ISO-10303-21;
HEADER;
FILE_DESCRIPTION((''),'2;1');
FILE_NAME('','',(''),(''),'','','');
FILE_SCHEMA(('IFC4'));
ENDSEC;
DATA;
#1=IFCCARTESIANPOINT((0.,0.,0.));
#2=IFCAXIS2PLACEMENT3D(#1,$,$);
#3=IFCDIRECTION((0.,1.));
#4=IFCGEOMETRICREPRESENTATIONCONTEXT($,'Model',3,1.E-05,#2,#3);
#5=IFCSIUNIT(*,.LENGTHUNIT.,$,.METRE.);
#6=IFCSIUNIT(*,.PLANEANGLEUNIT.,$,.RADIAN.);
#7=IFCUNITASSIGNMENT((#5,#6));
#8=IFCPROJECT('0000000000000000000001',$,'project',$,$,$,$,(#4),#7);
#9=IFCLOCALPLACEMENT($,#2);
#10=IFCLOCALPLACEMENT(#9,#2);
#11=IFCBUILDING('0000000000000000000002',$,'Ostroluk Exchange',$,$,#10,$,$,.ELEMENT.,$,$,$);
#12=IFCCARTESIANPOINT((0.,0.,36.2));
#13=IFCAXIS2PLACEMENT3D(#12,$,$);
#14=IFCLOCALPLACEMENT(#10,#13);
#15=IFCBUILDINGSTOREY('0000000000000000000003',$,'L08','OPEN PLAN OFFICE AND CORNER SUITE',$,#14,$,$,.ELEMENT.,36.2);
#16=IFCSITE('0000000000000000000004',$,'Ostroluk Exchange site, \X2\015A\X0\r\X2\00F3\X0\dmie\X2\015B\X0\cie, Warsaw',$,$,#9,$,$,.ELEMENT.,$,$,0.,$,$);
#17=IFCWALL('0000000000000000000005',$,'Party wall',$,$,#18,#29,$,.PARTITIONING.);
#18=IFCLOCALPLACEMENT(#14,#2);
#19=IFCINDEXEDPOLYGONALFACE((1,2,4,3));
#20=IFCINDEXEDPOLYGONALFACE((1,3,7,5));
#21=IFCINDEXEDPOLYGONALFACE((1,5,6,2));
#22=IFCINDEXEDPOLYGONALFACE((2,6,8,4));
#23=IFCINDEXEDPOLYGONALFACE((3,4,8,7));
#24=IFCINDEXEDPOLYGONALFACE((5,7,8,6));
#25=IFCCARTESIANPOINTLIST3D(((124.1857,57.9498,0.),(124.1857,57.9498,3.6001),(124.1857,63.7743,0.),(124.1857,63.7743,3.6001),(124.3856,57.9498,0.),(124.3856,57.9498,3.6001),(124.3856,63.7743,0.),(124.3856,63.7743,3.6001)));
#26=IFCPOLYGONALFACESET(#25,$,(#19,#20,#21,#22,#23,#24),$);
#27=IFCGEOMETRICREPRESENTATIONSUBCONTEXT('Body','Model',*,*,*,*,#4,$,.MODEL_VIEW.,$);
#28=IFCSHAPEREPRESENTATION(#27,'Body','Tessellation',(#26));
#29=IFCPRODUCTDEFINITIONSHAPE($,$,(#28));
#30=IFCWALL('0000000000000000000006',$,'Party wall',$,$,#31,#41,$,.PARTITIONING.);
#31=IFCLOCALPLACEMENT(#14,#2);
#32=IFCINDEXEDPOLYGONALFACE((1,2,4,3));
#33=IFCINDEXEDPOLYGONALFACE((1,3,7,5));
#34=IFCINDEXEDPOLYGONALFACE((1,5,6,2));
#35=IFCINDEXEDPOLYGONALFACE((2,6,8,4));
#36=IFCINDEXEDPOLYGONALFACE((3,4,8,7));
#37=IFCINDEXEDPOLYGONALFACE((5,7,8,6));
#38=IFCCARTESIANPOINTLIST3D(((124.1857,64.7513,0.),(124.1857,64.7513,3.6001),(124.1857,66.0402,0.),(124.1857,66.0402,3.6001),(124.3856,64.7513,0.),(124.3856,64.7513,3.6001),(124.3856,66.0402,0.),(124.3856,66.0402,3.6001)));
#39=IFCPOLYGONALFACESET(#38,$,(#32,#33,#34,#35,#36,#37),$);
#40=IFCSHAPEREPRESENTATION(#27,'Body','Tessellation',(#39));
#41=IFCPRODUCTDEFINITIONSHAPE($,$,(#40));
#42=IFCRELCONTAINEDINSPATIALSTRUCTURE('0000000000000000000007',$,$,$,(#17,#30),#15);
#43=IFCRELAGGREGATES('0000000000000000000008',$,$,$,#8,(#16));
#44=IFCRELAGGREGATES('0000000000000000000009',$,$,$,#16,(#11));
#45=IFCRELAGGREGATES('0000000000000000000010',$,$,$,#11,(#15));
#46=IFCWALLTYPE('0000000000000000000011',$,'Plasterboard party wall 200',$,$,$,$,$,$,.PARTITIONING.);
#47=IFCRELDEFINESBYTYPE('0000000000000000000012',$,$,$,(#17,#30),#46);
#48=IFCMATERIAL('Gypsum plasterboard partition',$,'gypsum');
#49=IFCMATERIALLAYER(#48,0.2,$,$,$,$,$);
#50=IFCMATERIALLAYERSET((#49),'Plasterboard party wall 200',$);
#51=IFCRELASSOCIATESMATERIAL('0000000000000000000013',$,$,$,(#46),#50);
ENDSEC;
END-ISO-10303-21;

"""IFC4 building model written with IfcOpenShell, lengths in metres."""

from ifc_helpers import new_model, si_unit, direction, frame, frame_2d, origin, place, context, subcontext, project, spatial, rectangle, extrude, material, layer, layer_set, type_object, element, save


model = new_model("IFC4")

# Units and contexts
model_context = context("Model", 3, precision=1e-05, world=origin(), true_north=direction((0.0, 1.0)))
body_context = subcontext(model_context, "Body", "Model", "MODEL_VIEW")
ifc_project = project(units=[si_unit("LENGTHUNIT", "METRE"), si_unit("PLANEANGLEUNIT", "RADIAN")], contexts=[model_context])

# Site, building, storey
site_placement = place(None, origin())
site = spatial("IfcSite", under=ifc_project, at=site_placement, Name="Ostroluk Exchange site, Śródmieście, Warsaw", CompositionType="ELEMENT", RefElevation=0.0)
building_placement = place(site_placement, origin())
building = spatial("IfcBuilding", under=site, at=building_placement, Name="Ostroluk Exchange", CompositionType="ELEMENT")
storey_placement = place(building_placement, frame((0.0, 0.0, 36.2)))
storey = spatial("IfcBuildingStorey", under=building, at=storey_placement, Name="L08", Description="OPEN PLAN OFFICE AND CORNER SUITE", CompositionType="ELEMENT", Elevation=36.2)

# Walls
ifc_material_1 = material(Name="Gypsum plasterboard partition", Category="gypsum")
ifc_layer_1 = layer(ifc_material_1, 0.2)
ifc_layer_set_1 = layer_set([ifc_layer_1], Name="Plasterboard party wall 200")
wall_type_1 = type_object("IfcWallType", Name="Plasterboard party wall 200", PredefinedType="PARTITIONING", material=ifc_layer_set_1)
wall_1_placement = place(storey_placement, frame((124.2856, 57.95, 0.0), z_axis=(0.0, 0.0, 1.0), x_axis=(0.0, 1.0, 0.0)))
element("IfcWall", 1, at=wall_1_placement, inside=storey, type_object=wall_type_1, Name="Party wall", PredefinedType="PARTITIONING", context=body_context, shape_type="SweptSolid", body=[
    extrude(rectangle(XDim=5.8245, YDim=0.2, at=frame_2d((2.9121, 0.0))), origin(), (0.0, 0.0, 1.0), 3.6001),
])
wall_2_placement = place(storey_placement, frame((124.2856, 64.7512, 0.0), z_axis=(0.0, 0.0, 1.0), x_axis=(0.0, 1.0, 0.0)))
element("IfcWall", 2, at=wall_2_placement, inside=storey, type_object=wall_type_1, Name="Party wall", PredefinedType="PARTITIONING", context=body_context, shape_type="SweptSolid", body=[
    extrude(rectangle(XDim=1.2888, YDim=0.2, at=frame_2d((0.6445, 0.0))), origin(), (0.0, 0.0, 1.0), 3.6001),
])

save(model, "model.ifc")
